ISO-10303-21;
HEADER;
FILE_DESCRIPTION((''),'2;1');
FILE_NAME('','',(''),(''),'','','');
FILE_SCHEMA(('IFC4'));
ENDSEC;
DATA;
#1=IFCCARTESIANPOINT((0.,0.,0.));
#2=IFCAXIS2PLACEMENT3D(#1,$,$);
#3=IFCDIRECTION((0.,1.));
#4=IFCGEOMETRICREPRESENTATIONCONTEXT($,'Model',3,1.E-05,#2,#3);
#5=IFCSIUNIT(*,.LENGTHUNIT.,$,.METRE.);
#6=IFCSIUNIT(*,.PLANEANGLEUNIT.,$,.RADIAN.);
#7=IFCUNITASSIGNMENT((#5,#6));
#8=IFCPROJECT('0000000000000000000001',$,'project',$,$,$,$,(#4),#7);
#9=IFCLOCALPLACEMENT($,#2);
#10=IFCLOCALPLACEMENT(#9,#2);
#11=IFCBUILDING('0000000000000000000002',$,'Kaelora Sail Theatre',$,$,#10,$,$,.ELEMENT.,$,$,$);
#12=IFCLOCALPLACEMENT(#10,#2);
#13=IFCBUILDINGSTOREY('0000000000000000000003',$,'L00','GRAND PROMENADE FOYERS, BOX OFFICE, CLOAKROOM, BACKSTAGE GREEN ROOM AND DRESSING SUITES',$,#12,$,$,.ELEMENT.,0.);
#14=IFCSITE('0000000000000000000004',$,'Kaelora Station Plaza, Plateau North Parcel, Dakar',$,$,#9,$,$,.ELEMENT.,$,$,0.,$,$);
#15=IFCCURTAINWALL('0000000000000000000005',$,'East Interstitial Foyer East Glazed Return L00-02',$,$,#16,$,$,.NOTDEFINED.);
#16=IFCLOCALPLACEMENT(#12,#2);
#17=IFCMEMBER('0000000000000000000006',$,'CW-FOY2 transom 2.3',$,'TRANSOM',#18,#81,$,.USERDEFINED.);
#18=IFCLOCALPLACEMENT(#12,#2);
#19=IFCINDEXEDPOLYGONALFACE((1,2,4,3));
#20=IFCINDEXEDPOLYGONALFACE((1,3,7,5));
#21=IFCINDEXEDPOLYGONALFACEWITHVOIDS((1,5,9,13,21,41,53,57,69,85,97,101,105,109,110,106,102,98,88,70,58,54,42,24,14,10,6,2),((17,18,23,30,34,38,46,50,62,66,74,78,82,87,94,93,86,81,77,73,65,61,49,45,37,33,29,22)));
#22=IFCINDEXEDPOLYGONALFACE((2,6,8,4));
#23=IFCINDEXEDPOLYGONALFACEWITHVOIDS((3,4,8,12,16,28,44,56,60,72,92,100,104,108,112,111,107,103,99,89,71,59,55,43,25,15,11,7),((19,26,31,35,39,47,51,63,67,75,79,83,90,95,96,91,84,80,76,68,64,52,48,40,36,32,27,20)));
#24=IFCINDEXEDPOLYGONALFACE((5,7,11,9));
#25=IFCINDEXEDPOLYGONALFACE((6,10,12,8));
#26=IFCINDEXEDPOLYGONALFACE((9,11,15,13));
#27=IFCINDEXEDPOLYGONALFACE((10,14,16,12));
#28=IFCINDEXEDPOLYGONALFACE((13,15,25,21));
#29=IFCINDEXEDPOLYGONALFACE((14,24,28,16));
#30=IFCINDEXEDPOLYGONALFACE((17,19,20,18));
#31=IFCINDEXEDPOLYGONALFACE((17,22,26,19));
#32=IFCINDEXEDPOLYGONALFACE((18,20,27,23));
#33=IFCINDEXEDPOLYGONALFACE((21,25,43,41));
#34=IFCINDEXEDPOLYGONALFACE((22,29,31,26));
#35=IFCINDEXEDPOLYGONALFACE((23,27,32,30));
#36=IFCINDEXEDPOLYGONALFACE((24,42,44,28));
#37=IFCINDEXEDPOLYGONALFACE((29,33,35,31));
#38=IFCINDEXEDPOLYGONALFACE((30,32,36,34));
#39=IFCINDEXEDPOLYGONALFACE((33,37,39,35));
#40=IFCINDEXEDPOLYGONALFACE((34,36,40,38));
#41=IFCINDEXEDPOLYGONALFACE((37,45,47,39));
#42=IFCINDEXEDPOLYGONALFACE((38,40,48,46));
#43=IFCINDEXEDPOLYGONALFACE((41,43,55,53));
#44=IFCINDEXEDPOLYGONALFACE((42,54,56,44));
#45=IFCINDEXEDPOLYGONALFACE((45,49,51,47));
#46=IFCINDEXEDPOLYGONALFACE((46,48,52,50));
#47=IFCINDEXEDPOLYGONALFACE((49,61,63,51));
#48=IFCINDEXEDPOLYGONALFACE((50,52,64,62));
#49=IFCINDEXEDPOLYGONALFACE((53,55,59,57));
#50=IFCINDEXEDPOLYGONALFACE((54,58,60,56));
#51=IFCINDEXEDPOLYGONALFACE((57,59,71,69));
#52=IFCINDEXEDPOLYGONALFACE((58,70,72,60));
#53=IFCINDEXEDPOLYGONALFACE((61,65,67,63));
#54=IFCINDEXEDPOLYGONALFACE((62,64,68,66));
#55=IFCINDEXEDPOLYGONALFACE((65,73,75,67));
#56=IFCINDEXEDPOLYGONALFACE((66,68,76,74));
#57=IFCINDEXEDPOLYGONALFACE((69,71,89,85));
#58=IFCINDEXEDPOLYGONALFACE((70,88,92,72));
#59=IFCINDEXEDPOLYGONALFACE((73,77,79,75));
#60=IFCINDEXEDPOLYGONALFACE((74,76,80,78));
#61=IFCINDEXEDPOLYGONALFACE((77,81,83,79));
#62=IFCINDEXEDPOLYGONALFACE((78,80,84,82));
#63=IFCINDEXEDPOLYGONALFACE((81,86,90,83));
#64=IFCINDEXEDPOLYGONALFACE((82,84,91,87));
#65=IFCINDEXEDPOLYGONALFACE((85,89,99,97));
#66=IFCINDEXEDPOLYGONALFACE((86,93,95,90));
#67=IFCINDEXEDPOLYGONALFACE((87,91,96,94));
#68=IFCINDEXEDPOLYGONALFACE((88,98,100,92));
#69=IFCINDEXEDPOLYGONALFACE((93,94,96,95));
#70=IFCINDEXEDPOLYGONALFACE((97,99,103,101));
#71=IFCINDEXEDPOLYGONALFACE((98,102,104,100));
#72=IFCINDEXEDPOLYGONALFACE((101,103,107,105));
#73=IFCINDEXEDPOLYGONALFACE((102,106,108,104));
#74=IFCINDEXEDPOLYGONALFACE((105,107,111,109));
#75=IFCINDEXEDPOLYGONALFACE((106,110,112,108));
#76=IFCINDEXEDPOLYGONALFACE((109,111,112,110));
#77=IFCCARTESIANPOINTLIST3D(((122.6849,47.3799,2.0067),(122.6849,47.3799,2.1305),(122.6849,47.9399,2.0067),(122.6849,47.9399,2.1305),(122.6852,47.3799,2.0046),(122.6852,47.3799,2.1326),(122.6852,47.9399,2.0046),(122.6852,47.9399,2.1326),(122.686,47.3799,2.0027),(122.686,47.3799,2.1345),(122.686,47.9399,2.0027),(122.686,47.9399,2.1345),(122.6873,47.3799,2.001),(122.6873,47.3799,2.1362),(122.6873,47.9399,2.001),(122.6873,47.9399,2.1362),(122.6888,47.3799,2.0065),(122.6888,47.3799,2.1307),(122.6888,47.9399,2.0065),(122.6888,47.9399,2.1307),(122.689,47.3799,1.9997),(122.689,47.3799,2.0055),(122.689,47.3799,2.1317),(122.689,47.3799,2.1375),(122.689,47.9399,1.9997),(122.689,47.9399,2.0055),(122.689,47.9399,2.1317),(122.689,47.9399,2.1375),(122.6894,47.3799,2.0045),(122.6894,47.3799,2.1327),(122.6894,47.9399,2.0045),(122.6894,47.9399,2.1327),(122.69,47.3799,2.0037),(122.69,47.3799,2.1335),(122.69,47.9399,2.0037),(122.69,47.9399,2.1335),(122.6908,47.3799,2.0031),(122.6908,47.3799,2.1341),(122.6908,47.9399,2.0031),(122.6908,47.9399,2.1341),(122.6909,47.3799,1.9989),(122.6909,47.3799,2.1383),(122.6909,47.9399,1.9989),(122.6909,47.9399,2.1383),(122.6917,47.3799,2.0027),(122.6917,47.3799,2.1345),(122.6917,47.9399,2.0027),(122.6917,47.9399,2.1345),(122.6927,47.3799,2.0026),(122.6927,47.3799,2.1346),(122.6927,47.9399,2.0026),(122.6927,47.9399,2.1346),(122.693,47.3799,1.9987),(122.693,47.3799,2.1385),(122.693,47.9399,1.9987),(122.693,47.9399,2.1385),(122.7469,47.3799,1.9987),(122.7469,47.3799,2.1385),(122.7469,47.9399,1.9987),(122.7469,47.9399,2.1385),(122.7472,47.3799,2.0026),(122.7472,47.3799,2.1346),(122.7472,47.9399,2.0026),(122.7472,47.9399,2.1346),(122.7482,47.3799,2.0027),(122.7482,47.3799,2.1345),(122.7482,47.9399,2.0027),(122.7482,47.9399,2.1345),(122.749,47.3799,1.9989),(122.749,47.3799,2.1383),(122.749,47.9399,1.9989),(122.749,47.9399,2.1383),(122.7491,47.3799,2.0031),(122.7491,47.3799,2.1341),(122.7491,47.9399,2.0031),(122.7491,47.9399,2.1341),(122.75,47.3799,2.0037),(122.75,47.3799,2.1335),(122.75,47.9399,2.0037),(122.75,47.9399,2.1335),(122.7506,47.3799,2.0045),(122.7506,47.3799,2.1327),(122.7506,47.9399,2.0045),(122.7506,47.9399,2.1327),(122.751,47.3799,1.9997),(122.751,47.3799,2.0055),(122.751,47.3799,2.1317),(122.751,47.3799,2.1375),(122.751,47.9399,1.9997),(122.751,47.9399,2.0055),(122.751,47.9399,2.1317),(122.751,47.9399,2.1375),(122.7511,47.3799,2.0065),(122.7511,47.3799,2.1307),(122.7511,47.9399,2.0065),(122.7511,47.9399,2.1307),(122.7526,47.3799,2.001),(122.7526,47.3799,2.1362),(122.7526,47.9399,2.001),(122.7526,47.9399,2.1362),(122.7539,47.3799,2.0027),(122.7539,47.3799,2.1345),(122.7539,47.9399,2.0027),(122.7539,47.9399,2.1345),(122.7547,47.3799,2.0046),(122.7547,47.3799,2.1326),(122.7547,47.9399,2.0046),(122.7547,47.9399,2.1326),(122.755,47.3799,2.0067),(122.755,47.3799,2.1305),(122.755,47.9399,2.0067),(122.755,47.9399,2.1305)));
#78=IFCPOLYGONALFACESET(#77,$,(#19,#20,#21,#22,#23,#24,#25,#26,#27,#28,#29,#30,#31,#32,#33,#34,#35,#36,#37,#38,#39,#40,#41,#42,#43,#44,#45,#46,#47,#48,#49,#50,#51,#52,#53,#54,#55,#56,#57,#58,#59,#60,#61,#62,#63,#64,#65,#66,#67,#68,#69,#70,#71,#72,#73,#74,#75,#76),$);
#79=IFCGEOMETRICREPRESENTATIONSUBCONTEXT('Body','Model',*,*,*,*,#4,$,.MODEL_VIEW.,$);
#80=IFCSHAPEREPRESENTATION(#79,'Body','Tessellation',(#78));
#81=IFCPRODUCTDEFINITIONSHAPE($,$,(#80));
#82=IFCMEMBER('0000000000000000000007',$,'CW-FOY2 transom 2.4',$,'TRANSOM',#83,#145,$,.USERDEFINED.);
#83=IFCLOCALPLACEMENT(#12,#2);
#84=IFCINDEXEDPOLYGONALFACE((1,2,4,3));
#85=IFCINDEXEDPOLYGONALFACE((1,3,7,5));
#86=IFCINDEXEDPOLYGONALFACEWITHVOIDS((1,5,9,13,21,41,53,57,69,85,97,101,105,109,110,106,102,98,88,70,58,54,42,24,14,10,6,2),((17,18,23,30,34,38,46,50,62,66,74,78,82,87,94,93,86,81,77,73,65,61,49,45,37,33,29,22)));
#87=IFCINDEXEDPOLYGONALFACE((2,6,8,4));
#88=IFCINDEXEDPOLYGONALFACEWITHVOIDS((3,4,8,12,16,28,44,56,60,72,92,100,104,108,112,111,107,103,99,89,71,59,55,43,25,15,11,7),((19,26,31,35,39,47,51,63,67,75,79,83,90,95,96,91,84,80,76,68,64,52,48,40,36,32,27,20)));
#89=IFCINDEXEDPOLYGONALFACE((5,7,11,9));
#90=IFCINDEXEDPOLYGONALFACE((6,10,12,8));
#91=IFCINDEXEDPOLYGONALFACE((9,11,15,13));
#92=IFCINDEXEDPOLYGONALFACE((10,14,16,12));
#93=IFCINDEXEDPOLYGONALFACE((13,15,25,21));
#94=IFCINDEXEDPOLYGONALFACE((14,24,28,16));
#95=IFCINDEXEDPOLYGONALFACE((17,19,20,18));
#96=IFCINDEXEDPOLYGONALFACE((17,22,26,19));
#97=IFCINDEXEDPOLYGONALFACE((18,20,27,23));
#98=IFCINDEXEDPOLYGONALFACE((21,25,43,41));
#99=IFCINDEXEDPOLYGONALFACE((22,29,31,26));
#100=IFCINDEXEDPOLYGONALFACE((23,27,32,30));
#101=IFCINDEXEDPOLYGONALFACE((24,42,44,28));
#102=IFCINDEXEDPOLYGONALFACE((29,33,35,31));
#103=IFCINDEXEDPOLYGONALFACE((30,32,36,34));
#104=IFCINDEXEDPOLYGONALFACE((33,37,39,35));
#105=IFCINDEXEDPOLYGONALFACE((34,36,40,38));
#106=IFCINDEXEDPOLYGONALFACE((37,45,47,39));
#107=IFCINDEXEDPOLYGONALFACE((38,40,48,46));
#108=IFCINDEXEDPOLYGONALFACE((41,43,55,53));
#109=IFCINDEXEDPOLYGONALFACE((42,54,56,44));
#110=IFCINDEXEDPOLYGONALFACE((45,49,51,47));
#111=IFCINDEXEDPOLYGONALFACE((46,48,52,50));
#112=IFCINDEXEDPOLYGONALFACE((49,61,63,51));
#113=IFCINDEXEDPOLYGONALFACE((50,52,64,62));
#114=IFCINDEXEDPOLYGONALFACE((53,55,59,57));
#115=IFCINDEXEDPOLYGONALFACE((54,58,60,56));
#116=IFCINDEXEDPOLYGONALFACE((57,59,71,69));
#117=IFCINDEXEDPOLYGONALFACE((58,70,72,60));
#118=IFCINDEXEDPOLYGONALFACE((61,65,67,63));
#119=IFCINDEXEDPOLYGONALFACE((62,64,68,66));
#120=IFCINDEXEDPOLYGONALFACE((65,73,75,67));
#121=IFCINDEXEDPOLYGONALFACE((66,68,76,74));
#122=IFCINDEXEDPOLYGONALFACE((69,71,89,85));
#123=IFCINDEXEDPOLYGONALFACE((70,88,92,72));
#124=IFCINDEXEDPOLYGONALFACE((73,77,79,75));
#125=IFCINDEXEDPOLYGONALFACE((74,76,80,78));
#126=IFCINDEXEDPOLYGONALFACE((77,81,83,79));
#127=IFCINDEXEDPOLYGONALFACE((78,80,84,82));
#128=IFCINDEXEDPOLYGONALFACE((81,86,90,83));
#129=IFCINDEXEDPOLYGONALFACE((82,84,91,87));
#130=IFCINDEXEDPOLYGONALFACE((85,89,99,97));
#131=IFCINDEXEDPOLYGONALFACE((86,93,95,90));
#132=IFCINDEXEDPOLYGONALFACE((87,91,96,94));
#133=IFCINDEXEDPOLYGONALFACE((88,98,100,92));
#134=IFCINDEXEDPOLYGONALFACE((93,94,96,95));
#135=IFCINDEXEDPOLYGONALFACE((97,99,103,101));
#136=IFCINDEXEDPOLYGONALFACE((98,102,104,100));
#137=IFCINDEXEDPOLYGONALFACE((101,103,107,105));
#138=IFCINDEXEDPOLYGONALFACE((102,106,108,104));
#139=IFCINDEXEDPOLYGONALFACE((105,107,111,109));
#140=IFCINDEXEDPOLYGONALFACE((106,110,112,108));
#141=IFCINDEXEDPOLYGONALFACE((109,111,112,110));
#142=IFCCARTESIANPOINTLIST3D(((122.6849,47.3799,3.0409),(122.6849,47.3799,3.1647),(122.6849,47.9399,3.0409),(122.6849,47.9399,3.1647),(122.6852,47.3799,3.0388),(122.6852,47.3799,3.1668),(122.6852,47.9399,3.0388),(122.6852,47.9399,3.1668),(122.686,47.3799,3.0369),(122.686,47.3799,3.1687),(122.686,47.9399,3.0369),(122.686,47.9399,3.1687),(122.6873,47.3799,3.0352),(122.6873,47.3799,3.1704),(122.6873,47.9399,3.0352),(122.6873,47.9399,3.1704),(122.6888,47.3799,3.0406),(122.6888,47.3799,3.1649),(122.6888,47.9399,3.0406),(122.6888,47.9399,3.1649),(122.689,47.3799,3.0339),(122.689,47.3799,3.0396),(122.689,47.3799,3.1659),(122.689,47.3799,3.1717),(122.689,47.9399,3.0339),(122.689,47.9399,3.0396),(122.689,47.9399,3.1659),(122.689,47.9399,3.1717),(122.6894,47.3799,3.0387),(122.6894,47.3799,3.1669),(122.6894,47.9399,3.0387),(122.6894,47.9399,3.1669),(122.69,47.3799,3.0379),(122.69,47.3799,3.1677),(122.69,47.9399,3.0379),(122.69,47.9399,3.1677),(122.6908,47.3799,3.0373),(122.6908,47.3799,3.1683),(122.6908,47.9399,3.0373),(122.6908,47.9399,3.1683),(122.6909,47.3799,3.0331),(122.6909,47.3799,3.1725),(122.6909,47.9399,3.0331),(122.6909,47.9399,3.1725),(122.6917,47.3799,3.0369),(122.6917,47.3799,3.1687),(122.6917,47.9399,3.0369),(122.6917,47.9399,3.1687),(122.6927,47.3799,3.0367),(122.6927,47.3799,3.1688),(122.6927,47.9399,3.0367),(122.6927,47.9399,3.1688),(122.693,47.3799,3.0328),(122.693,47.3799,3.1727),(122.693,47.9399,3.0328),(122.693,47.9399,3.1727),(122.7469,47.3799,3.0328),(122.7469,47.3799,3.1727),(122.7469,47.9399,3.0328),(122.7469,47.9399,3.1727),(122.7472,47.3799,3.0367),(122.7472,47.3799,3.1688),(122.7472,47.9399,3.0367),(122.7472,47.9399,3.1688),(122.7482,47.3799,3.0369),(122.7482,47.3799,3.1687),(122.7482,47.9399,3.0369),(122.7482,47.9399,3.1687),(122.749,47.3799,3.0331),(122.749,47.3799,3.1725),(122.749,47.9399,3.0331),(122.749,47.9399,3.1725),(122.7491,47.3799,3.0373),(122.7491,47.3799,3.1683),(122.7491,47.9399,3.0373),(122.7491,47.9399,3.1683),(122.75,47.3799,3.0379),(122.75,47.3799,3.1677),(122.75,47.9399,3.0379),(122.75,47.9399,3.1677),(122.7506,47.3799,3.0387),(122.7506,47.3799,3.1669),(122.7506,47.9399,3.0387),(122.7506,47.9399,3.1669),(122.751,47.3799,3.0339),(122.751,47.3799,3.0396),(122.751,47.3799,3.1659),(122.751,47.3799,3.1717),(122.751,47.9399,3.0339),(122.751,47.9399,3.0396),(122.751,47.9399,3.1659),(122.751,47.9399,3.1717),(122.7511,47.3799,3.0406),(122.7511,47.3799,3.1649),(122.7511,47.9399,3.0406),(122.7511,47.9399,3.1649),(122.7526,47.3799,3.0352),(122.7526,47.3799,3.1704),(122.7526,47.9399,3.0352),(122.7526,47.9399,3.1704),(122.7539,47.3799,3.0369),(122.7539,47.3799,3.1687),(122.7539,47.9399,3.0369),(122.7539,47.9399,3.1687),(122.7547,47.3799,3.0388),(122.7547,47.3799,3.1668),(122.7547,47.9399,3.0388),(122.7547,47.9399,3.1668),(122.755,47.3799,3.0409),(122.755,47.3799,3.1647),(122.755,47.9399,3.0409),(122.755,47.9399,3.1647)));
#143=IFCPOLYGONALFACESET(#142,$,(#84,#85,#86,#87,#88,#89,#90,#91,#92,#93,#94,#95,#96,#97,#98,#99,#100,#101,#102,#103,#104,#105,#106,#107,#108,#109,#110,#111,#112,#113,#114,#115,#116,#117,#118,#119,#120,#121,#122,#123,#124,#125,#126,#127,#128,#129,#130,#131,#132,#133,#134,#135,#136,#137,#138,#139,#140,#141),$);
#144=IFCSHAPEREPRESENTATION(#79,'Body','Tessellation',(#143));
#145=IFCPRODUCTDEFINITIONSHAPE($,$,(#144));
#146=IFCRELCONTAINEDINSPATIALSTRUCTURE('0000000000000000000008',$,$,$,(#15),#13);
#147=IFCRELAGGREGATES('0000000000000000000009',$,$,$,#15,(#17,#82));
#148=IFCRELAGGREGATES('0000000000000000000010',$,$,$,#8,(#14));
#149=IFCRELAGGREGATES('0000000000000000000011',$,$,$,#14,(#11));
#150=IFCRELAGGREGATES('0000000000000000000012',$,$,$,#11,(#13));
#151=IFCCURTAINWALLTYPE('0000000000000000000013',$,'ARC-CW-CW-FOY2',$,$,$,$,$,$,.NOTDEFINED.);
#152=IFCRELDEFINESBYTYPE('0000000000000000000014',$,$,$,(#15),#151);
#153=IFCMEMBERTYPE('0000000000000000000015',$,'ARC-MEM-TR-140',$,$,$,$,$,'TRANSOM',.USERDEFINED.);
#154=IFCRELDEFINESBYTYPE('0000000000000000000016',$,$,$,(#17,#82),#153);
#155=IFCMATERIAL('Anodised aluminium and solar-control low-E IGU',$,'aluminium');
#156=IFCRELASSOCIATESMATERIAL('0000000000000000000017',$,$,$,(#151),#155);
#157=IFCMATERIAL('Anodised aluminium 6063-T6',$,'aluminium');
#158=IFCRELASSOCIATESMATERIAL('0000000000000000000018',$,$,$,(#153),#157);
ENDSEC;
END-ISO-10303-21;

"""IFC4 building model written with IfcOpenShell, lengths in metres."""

from ifc_helpers import new_model, si_unit, direction, frame, origin, origin_2d, place, context, subcontext, project, spatial, hollow_rectangle, extrude, material, material_profile, profile_set, type_object, element, aggregate, save


model = new_model("IFC4")

# Units and contexts
model_context = context("Model", 3, precision=1e-05, world=origin(), true_north=direction((0.0, 1.0)))
body_context = subcontext(model_context, "Body", "Model", "MODEL_VIEW")
ifc_project = project(units=[si_unit("LENGTHUNIT", "METRE"), si_unit("PLANEANGLEUNIT", "RADIAN")], contexts=[model_context])

# Site, building, storey
site_placement = place(None, origin())
site = spatial("IfcSite", under=ifc_project, at=site_placement, Name="Kaelora Station Plaza, Plateau North Parcel, Dakar", CompositionType="ELEMENT", RefElevation=0.0)
building_placement = place(site_placement, origin())
building = spatial("IfcBuilding", under=site, at=building_placement, Name="Kaelora Sail Theatre", CompositionType="ELEMENT")
storey_placement = place(building_placement, origin())
storey = spatial("IfcBuildingStorey", under=building, at=storey_placement, Name="L00", Description="GRAND PROMENADE FOYERS, BOX OFFICE, CLOAKROOM, BACKSTAGE GREEN ROOM AND DRESSING SUITES", CompositionType="ELEMENT", Elevation=0.0)

# Curtain wall
ifc_material_1 = material(Name="Anodised aluminium and solar-control low-E IGU", Category="aluminium")
curtain_wall_type = type_object("IfcCurtainWallType", Name="ARC-CW-CW-FOY2", PredefinedType="NOTDEFINED", material=ifc_material_1)
curtain_wall_1_placement = place(storey_placement, origin())
curtain_wall_1 = element("IfcCurtainWall", 1, at=curtain_wall_1_placement, inside=storey, type_object=curtain_wall_type, Name="East Interstitial Foyer East Glazed Return L00-02", PredefinedType="NOTDEFINED")

# Members
ifc_material_2 = material(Name="Anodised aluminium 6063-T6", Category="aluminium")
ifc_material_profile_1 = material_profile(ifc_material_2, hollow_rectangle(XDim=0.0701, YDim=0.1399, WallThickness=0.0039, InnerFilletRadius=0.0039, OuterFilletRadius=0.0081, at=origin_2d()), Name="ALU-TRAN 70x140x4")
ifc_profile_set_1 = profile_set([ifc_material_profile_1], Name="Anodised aluminium 6063-T6")
member_type_1 = type_object("IfcMemberType", Name="ARC-MEM-TR-140", ElementType="TRANSOM", PredefinedType="USERDEFINED", material=ifc_profile_set_1)
member_1_placement = place(storey_placement, frame((122.72, 47.3799, 2.0686), z_axis=(0.0, 1.0, 0.0), x_axis=(-1.0, 0.0, 0.0)))
member_1 = element("IfcMember", 2, at=member_1_placement, type_object=member_type_1, Name="CW-FOY2 transom 2.3", ObjectType="TRANSOM", PredefinedType="USERDEFINED", context=body_context, shape_type="SweptSolid", body=[
    extrude(hollow_rectangle(XDim=0.0701, YDim=0.1399, WallThickness=0.0039, InnerFilletRadius=0.0039, OuterFilletRadius=0.0081, at=origin_2d()), origin(), (0.0, 0.0, 1.0), 0.5601),
])
member_2_placement = place(storey_placement, frame((122.72, 47.3799, 3.1028), z_axis=(0.0, 1.0, 0.0), x_axis=(-1.0, 0.0, 0.0)))
member_2 = element("IfcMember", 3, at=member_2_placement, type_object=member_type_1, Name="CW-FOY2 transom 2.4", ObjectType="TRANSOM", PredefinedType="USERDEFINED", context=body_context, shape_type="SweptSolid", body=[
    extrude(hollow_rectangle(XDim=0.0701, YDim=0.1399, WallThickness=0.0039, InnerFilletRadius=0.0039, OuterFilletRadius=0.0081, at=origin_2d()), origin(), (0.0, 0.0, 1.0), 0.5601),
])

aggregate(curtain_wall_1, [member_1, member_2])

save(model, "model.ifc")
